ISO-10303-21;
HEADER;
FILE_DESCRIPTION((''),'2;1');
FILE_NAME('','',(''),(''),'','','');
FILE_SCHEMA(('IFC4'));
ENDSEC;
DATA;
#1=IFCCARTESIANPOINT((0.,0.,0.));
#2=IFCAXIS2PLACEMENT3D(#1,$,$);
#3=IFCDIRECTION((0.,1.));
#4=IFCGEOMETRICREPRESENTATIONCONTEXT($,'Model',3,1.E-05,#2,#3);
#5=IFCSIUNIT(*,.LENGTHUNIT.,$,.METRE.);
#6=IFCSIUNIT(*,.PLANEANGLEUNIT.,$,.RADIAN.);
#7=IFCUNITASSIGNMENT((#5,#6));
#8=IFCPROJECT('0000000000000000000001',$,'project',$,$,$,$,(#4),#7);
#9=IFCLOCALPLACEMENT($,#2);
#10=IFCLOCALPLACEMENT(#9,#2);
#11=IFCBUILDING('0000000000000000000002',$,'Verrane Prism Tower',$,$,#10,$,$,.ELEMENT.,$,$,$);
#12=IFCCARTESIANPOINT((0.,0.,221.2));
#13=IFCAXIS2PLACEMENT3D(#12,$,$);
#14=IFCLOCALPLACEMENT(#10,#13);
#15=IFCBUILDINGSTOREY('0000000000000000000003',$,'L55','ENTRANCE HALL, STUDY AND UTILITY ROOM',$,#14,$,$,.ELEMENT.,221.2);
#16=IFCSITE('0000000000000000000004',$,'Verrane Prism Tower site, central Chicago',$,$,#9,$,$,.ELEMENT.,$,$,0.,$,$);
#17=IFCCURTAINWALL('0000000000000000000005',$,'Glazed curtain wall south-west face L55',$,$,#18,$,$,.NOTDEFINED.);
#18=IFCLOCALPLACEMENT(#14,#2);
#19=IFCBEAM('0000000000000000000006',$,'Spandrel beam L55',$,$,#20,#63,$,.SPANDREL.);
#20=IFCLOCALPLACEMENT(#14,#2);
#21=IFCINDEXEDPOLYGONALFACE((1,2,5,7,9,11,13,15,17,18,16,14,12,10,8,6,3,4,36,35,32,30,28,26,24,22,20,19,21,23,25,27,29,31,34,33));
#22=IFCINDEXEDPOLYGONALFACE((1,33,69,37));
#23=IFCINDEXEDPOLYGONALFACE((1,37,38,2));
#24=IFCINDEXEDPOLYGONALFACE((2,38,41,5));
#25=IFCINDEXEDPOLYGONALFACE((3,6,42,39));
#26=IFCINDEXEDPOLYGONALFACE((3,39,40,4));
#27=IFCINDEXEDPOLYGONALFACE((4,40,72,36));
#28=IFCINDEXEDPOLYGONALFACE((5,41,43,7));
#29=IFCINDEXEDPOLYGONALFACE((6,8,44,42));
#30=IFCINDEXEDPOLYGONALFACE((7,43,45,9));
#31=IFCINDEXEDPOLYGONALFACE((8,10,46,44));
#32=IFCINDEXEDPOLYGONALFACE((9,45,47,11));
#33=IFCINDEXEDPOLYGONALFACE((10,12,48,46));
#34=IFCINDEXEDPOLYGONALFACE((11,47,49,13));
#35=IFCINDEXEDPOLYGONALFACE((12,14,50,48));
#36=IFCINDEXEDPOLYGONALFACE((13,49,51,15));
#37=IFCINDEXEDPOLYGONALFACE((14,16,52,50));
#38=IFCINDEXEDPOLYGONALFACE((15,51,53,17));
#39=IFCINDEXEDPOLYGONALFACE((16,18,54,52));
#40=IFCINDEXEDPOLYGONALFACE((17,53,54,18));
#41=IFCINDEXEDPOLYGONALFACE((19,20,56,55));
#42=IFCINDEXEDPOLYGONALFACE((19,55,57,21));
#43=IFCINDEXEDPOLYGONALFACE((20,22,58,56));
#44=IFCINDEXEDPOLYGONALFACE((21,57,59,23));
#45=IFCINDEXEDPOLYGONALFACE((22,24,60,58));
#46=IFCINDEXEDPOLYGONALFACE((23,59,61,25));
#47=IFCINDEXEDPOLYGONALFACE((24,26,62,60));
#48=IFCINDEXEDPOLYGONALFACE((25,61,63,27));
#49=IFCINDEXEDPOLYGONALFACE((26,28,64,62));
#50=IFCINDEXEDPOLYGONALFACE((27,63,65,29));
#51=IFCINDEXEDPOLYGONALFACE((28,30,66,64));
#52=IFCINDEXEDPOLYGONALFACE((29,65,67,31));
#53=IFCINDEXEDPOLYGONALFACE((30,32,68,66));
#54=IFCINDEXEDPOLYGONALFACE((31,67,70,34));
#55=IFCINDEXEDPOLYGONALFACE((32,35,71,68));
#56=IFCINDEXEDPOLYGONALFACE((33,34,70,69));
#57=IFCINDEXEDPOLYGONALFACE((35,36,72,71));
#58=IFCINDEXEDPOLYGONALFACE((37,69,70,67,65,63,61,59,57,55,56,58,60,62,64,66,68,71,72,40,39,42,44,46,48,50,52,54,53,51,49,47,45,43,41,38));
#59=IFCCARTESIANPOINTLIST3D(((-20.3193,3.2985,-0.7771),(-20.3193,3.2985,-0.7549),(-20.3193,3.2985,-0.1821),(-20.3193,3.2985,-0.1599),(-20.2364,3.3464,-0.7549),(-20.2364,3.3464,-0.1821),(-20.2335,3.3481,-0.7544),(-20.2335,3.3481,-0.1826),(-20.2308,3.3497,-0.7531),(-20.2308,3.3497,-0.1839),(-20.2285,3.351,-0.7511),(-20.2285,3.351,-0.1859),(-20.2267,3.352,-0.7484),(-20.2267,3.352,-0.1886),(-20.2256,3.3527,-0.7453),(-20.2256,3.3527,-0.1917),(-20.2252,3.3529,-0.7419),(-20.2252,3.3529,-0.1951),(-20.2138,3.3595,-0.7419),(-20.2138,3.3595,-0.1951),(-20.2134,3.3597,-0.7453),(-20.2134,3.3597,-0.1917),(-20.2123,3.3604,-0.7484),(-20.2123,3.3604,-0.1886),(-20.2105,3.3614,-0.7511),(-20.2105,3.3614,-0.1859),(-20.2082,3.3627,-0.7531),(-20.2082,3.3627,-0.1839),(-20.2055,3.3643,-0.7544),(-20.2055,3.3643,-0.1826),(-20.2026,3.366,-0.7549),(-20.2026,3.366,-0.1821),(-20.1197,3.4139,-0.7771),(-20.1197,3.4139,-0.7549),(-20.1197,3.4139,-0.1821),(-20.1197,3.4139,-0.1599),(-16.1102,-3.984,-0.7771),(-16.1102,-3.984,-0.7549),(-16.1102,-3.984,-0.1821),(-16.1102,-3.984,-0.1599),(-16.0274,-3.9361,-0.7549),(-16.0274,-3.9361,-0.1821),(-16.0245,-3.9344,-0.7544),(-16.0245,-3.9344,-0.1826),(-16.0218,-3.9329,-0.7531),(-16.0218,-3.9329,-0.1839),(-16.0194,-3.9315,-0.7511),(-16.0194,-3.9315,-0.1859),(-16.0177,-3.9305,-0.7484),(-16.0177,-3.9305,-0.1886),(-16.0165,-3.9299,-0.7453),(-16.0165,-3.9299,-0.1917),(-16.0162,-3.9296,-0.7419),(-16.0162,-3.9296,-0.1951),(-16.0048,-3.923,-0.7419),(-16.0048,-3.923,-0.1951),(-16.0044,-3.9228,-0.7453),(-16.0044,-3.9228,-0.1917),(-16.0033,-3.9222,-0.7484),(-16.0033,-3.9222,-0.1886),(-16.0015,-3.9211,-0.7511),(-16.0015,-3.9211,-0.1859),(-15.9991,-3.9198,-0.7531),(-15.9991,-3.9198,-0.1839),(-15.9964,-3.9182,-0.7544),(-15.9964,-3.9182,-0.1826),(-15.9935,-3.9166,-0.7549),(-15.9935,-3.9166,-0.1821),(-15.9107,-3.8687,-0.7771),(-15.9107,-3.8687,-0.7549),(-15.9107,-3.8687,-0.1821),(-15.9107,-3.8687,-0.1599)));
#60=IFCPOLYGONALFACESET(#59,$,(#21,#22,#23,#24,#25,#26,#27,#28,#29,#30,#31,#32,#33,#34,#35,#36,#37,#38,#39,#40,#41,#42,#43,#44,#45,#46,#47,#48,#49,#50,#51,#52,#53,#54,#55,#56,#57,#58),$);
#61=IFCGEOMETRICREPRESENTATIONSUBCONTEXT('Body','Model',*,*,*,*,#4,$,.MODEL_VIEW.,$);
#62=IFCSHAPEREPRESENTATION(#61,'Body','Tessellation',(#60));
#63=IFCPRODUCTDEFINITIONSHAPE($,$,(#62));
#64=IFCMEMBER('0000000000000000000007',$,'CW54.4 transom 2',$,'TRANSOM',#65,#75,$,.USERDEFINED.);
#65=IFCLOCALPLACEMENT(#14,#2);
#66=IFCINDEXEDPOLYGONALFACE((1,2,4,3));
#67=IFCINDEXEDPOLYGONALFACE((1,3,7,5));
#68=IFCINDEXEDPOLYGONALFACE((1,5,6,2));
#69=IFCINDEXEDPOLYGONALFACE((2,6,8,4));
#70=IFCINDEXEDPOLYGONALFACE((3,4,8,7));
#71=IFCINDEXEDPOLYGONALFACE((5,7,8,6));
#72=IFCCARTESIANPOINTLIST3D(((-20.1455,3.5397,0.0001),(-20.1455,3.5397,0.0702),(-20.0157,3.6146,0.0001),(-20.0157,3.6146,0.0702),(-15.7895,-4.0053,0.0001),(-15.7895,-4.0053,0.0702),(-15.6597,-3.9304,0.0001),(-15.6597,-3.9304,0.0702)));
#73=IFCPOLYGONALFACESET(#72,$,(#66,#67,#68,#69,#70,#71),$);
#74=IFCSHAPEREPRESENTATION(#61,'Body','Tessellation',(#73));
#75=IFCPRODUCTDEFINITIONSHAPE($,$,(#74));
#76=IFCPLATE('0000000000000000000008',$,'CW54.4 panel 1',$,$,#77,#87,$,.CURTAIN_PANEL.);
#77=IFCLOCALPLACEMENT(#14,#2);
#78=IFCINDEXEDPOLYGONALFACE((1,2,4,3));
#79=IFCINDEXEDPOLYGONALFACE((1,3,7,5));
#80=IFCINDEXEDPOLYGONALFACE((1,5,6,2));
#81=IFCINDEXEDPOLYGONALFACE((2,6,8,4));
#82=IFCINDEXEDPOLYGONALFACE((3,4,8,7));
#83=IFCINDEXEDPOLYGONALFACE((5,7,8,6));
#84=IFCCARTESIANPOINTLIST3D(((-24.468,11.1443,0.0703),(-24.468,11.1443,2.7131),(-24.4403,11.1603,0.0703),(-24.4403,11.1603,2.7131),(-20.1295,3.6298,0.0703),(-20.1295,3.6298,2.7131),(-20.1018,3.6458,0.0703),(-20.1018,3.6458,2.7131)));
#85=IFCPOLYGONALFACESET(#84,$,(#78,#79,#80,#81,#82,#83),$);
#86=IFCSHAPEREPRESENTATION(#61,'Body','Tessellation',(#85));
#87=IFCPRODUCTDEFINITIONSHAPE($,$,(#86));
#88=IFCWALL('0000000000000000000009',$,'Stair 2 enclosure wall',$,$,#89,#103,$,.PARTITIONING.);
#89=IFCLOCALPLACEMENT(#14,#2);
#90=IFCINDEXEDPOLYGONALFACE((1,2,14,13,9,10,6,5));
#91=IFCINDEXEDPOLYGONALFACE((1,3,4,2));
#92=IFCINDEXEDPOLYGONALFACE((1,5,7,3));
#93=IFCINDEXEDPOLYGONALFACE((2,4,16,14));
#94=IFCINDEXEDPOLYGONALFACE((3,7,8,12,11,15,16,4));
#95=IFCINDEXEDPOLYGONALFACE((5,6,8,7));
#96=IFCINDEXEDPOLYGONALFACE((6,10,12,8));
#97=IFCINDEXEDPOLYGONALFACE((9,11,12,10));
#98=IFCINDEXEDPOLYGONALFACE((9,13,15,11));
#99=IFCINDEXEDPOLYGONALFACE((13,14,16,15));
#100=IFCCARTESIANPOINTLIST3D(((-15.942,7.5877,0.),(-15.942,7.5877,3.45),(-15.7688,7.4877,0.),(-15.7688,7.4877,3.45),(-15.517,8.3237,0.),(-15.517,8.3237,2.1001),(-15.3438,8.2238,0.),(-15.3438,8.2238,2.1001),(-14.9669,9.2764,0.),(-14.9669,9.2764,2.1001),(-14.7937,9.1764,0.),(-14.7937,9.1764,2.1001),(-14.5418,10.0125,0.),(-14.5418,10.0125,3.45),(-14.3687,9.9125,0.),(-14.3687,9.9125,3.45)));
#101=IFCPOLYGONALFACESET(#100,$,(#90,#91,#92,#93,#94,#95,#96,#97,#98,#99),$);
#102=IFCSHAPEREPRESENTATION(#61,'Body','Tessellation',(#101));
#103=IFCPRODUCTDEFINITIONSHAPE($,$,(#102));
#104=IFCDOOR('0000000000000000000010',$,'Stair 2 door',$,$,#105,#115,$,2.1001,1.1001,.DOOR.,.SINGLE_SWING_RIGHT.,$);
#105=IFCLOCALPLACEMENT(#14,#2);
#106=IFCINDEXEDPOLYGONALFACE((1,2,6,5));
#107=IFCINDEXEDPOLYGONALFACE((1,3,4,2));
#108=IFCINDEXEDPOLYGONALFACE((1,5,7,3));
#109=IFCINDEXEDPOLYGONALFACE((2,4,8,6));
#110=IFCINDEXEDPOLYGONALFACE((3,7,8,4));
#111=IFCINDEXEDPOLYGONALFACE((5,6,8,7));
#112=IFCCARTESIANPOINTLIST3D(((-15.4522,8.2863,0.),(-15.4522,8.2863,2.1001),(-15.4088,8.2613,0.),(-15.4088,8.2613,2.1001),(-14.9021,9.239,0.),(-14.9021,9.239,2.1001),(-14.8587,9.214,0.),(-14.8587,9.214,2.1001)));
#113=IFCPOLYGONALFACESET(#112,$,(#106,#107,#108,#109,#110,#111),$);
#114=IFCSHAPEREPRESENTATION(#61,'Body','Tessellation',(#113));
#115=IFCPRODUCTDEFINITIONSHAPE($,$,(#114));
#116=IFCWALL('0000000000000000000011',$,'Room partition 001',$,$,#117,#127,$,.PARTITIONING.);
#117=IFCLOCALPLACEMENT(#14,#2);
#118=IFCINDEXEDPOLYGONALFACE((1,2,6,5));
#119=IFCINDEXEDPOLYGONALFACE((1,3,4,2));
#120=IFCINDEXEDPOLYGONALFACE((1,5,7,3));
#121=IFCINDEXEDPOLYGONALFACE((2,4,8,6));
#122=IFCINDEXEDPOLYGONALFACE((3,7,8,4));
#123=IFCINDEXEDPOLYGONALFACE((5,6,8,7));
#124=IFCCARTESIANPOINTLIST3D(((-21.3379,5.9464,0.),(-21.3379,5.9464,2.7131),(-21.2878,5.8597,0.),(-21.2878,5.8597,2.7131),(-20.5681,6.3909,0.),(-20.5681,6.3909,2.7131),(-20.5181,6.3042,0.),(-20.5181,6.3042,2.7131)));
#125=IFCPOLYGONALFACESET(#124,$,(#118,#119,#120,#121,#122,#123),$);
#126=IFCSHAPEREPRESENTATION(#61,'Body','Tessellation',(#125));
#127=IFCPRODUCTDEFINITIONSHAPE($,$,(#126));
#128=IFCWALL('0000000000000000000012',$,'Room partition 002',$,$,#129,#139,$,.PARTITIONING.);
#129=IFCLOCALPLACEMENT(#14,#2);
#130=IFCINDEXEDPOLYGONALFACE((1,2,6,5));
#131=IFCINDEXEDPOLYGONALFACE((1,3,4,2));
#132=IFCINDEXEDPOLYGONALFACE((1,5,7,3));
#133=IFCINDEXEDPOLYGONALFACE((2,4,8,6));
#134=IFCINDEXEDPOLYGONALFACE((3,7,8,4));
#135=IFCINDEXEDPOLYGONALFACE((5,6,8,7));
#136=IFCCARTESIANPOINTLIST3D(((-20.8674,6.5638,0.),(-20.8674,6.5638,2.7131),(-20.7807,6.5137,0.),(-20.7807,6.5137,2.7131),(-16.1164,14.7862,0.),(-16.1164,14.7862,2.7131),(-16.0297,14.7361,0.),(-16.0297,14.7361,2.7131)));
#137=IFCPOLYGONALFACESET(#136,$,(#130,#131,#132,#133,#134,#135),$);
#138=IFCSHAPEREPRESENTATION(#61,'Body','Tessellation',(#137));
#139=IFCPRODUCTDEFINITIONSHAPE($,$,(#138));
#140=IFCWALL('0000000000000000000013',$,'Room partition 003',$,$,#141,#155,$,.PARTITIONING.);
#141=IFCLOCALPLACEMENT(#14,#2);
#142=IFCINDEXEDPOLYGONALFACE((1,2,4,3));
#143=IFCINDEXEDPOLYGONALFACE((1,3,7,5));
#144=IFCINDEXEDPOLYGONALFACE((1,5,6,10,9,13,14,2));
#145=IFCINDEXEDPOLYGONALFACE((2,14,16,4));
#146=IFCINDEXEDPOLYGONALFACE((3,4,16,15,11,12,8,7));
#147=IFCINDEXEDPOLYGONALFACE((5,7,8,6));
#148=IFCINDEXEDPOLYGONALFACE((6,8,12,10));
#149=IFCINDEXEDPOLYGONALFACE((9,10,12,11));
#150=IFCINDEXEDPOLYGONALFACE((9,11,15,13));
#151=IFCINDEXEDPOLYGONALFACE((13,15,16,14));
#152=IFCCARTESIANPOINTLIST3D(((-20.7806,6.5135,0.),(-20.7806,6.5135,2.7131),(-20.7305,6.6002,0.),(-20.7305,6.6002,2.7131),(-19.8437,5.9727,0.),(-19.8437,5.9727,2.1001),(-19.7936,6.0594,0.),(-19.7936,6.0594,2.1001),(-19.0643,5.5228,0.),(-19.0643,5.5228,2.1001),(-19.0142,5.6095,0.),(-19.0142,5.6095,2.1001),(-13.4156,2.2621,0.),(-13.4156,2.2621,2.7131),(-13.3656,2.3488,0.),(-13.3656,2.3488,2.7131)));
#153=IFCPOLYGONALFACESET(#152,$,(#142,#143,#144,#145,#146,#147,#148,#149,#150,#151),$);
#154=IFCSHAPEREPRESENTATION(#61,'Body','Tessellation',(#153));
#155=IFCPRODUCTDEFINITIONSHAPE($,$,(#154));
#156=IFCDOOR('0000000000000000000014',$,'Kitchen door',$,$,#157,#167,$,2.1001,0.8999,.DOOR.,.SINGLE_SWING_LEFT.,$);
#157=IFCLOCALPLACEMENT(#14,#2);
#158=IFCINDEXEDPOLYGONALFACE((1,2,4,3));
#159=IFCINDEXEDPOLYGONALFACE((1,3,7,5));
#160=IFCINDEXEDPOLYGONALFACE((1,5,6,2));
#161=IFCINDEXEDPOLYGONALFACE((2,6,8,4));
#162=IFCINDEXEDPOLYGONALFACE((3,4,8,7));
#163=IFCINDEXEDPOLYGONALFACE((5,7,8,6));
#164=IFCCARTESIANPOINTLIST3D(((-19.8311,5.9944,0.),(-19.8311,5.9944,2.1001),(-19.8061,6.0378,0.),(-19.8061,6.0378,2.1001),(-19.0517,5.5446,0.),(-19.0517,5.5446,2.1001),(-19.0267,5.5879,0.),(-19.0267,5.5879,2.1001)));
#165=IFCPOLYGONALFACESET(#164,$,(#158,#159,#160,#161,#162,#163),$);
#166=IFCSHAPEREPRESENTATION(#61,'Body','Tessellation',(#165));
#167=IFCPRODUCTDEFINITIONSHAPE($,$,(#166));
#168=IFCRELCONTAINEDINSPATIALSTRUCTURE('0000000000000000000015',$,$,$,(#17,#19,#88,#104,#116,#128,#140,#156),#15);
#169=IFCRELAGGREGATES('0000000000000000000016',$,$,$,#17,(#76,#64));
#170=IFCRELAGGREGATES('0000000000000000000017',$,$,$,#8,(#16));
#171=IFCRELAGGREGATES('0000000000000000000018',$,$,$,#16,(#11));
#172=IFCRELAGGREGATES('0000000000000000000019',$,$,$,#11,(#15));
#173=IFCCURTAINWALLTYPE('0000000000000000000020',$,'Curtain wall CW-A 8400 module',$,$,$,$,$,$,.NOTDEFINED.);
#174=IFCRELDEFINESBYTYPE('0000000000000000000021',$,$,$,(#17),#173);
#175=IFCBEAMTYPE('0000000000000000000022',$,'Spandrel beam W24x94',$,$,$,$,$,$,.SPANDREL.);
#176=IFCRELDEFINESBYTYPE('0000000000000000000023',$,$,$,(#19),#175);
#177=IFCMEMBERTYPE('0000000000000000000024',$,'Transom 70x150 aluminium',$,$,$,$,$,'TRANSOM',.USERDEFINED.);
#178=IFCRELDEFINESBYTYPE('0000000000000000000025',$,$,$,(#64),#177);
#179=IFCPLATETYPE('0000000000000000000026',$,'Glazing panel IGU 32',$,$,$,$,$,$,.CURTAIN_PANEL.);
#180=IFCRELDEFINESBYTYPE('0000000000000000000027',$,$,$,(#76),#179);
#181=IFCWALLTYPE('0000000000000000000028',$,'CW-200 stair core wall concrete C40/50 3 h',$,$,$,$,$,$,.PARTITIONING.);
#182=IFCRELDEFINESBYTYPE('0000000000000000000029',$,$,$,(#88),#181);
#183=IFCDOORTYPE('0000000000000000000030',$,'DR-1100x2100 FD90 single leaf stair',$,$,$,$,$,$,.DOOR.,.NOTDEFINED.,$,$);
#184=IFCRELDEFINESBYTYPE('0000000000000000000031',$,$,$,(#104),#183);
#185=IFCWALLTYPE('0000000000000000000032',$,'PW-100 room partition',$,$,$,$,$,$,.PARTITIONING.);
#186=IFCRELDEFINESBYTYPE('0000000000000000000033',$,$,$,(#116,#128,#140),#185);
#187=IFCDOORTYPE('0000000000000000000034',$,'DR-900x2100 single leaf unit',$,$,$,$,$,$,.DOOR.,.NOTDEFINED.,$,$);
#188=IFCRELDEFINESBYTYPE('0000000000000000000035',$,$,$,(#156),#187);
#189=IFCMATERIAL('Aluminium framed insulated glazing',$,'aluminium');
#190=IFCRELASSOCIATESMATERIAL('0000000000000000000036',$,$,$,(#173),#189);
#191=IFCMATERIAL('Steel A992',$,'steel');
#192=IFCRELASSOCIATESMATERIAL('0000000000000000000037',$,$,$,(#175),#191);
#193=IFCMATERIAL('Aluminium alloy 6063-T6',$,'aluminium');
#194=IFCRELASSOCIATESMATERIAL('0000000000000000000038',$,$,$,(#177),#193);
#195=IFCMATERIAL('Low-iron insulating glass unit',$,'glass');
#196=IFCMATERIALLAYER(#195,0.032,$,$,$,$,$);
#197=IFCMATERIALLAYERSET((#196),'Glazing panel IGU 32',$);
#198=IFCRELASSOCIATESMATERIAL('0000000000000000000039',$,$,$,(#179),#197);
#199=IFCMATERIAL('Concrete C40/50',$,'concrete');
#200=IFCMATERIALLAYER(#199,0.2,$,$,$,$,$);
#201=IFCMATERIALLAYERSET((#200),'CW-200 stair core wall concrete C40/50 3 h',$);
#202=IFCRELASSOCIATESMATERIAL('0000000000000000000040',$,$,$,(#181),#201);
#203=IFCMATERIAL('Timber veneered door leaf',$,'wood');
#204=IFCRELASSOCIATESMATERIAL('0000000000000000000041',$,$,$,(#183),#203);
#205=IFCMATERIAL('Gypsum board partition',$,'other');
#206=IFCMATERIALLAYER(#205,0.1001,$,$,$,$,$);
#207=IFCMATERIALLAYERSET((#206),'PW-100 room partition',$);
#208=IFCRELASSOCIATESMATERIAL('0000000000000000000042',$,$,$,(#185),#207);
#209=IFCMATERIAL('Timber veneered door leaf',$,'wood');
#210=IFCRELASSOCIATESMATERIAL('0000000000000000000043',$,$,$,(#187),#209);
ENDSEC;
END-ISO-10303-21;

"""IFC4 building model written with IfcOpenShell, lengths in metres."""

from ifc_helpers import new_model, si_unit, direction, frame, frame_2d, origin, origin_2d, place, context, subcontext, project, spatial, rectangle, i_section, extrude, material, layer, layer_set, material_profile, profile_set, type_object, element, fill, aggregate, save


model = new_model("IFC4")

# Units and contexts
model_context = context("Model", 3, precision=1e-05, world=origin(), true_north=direction((0.0, 1.0)))
body_context = subcontext(model_context, "Body", "Model", "MODEL_VIEW")
ifc_project = project(units=[si_unit("LENGTHUNIT", "METRE"), si_unit("PLANEANGLEUNIT", "RADIAN")], contexts=[model_context])

# Site, building, storey
site_placement = place(None, origin())
site = spatial("IfcSite", under=ifc_project, at=site_placement, Name="Verrane Prism Tower site, central Chicago", CompositionType="ELEMENT", RefElevation=0.0)
building_placement = place(site_placement, origin())
building = spatial("IfcBuilding", under=site, at=building_placement, Name="Verrane Prism Tower", CompositionType="ELEMENT")
storey_placement = place(building_placement, frame((0.0, 0.0, 221.2)))
storey = spatial("IfcBuildingStorey", under=building, at=storey_placement, Name="L55", Description="ENTRANCE HALL, STUDY AND UTILITY ROOM", CompositionType="ELEMENT", Elevation=221.2)

# Curtain wall
ifc_material_1 = material(Name="Aluminium framed insulated glazing", Category="aluminium")
curtain_wall_type = type_object("IfcCurtainWallType", Name="Curtain wall CW-A 8400 module", PredefinedType="NOTDEFINED", material=ifc_material_1)
curtain_wall_placement = place(storey_placement, origin())
curtain_wall = element("IfcCurtainWall", 1, at=curtain_wall_placement, inside=storey, type_object=curtain_wall_type, Name="Glazed curtain wall south-west face L55", PredefinedType="NOTDEFINED")

# Beam
ifc_material_2 = material(Name="Steel A992", Category="steel")
ifc_material_profile_1 = material_profile(ifc_material_2, i_section(OverallWidth=0.2305, OverallDepth=0.6172, WebThickness=0.0132, FlangeThickness=0.0222, FilletRadius=0.0129, at=origin_2d()), Name="W24x94")
ifc_profile_set_1 = profile_set([ifc_material_profile_1], Name="Steel A992")
beam_type_1 = type_object("IfcBeamType", Name="Spandrel beam W24x94", PredefinedType="SPANDREL", material=ifc_profile_set_1)
beam_1_placement = place(storey_placement, frame((-20.2195, 3.3562, -0.4685), z_axis=(0.500397, -0.865796, 0.0), x_axis=(0.865796, 0.500397, 0.0)))
element("IfcBeam", 2, at=beam_1_placement, inside=storey, type_object=beam_type_1, Name="Spandrel beam L55", PredefinedType="SPANDREL", context=body_context, shape_type="SweptSolid", body=[
    extrude(i_section(OverallWidth=0.2305, OverallDepth=0.6172, WebThickness=0.0132, FlangeThickness=0.0222, FilletRadius=0.0129, at=origin_2d()), origin(), (0.0, 0.0, 1.0), 8.4114),
])

# Member
ifc_material_3 = material(Name="Aluminium alloy 6063-T6", Category="aluminium")
ifc_material_profile_2 = material_profile(ifc_material_3, rectangle(XDim=0.1499, YDim=0.0701, at=origin_2d()), Name="Transom 70x150 aluminium")
ifc_profile_set_2 = profile_set([ifc_material_profile_2], Name="Aluminium alloy 6063-T6")
member_type_1 = type_object("IfcMemberType", Name="Transom 70x150 aluminium", ElementType="TRANSOM", PredefinedType="USERDEFINED", material=ifc_profile_set_2)
member_1_placement = place(storey_placement, frame((-20.0806, 3.5771, 0.0352), z_axis=(0.499991, -0.866031, 0.0), x_axis=(0.866031, 0.499991, 0.0)))
member_1 = element("IfcMember", 3, at=member_1_placement, type_object=member_type_1, Name="CW54.4 transom 2", ObjectType="TRANSOM", PredefinedType="USERDEFINED", context=body_context, shape_type="SweptSolid", body=[
    extrude(rectangle(XDim=0.1499, YDim=0.0701, at=origin_2d()), origin(), (0.0, 0.0, 1.0), 8.7122),
])

# Plate
ifc_material_4 = material(Name="Low-iron insulating glass unit", Category="glass")
ifc_layer_1 = layer(ifc_material_4, 0.032)
ifc_layer_set_1 = layer_set([ifc_layer_1], Name="Glazing panel IGU 32")
plate_type = type_object("IfcPlateType", Name="Glazing panel IGU 32", PredefinedType="CURTAIN_PANEL", material=ifc_layer_set_1)
plate_placement = place(storey_placement, frame((-22.2849, 7.395, 0.0703), z_axis=(0.0, 0.0, 1.0), x_axis=(0.500001, -0.866025, 0.0)))
plate = element("IfcPlate", 4, at=plate_placement, type_object=plate_type, Name="CW54.4 panel 1", PredefinedType="CURTAIN_PANEL", context=body_context, shape_type="SweptSolid", body=[
    extrude(rectangle(XDim=8.677, YDim=0.032, at=origin_2d()), origin(), (0.0, 0.0, 1.0), 2.6428),
])
aggregate(curtain_wall, [plate, member_1])

# Wall, opening, door
ifc_material_5 = material(Name="Concrete C40/50", Category="concrete")
ifc_layer_2 = layer(ifc_material_5, 0.2)
ifc_layer_set_2 = layer_set([ifc_layer_2], Name="CW-200 stair core wall concrete C40/50 3 h")
wall_type_1 = type_object("IfcWallType", Name="CW-200 stair core wall concrete C40/50 3 h", PredefinedType="PARTITIONING", material=ifc_layer_set_2)
wall_1_placement = place(storey_placement, frame((-14.4553, 9.9624, 0.0), z_axis=(0.0, 0.0, 1.0), x_axis=(-0.50005, -0.865997, 0.0)))
wall_1 = element("IfcWall", 5, at=wall_1_placement, inside=storey, type_object=wall_type_1, Name="Stair 2 enclosure wall", PredefinedType="PARTITIONING", context=body_context, shape_type="SweptSolid", body=[
    extrude(rectangle(XDim=2.8, YDim=0.2, at=frame_2d((1.3999, 0.0))), origin(), (0.0, 0.0, 1.0), 3.45),
])
opening_1_placement = place(wall_1_placement, frame((0.8499, 0.0, 0.0)))
opening_1 = element("IfcOpeningElement", 6, at=opening_1_placement, cuts=wall_1, PredefinedType="OPENING", context=body_context, shape_type="SweptSolid", body=[
    extrude(rectangle(XDim=1.1001, YDim=2.1001, at=frame_2d((0.55, 1.05))), frame((0.0, 0.1099, 0.0), z_axis=(0.0, -1.0, 0.0), x_axis=(1.0, 0.0, 0.0)), (0.0, 0.0, 1.0), 0.22),
])
ifc_material_6 = material(Name="Timber veneered door leaf", Category="wood")
door_type_1 = type_object("IfcDoorType", Name="DR-1100x2100 FD90 single leaf stair", OperationType="NOTDEFINED", PredefinedType="DOOR", material=ifc_material_6)
door_1_placement = place(opening_1_placement, origin())
door_1 = element("IfcDoor", 7, at=door_1_placement, inside=storey, type_object=door_type_1, Name="Stair 2 door", OperationType="SINGLE_SWING_RIGHT", OverallHeight=2.1001, OverallWidth=1.1001, PredefinedType="DOOR", context=body_context, shape_type="SweptSolid", body=[
    extrude(rectangle(XDim=1.1001, YDim=2.1001, at=frame_2d((0.55, 1.05))), frame((0.0, 0.0249, 0.0), z_axis=(0.0, -1.0, 0.0), x_axis=(1.0, 0.0, 0.0)), (0.0, 0.0, 1.0), 0.05),
])
fill(opening_1, door_1)

# Walls
ifc_material_7 = material(Name="Gypsum board partition", Category="other")
ifc_layer_3 = layer(ifc_material_7, 0.1001)
ifc_layer_set_3 = layer_set([ifc_layer_3], Name="PW-100 room partition")
wall_type_2 = type_object("IfcWallType", Name="PW-100 room partition", PredefinedType="PARTITIONING", material=ifc_layer_set_3)
wall_2_placement = place(storey_placement, frame((-21.3127, 5.9031, 0.0), z_axis=(0.0, 0.0, 1.0), x_axis=(0.865952, 0.500127, 0.0)))
element("IfcWall", 8, at=wall_2_placement, inside=storey, type_object=wall_type_2, Name="Room partition 001", PredefinedType="PARTITIONING", context=body_context, shape_type="SweptSolid", body=[
    extrude(rectangle(XDim=0.8889, YDim=0.1001, at=frame_2d((0.4443, 0.0))), origin(), (0.0, 0.0, 1.0), 2.7131),
])
wall_3_placement = place(storey_placement, frame((-20.824, 6.5388, 0.0), z_axis=(0.0, 0.0, 1.0), x_axis=(0.500297, 0.865854, 0.0)))
element("IfcWall", 9, at=wall_3_placement, inside=storey, type_object=wall_type_2, Name="Room partition 002", PredefinedType="PARTITIONING", context=body_context, shape_type="SweptSolid", body=[
    extrude(rectangle(XDim=9.4963, YDim=0.1001, at=frame_2d((4.748, 0.0))), origin(), (0.0, 0.0, 1.0), 2.7131),
])

# Wall, opening, door
wall_4_placement = place(storey_placement, frame((-13.3906, 2.3054, 0.0), z_axis=(0.0, 0.0, 1.0), x_axis=(-0.866062, 0.499937, 0.0)))
wall_4 = element("IfcWall", 10, at=wall_4_placement, inside=storey, type_object=wall_type_2, Name="Room partition 003", PredefinedType="PARTITIONING", context=body_context, shape_type="SweptSolid", body=[
    extrude(rectangle(XDim=8.5039, YDim=0.1001, at=frame_2d((4.252, 0.0))), origin(), (0.0, 0.0, 1.0), 2.7131),
])
opening_2_placement = place(wall_4_placement, frame((6.5222, 0.0, 0.0)))
opening_2 = element("IfcOpeningElement", 11, at=opening_2_placement, cuts=wall_4, PredefinedType="OPENING", context=body_context, shape_type="SweptSolid", body=[
    extrude(rectangle(XDim=0.8999, YDim=2.1001, at=frame_2d((0.45, 1.05))), frame((0.0, 0.0601, 0.0), z_axis=(0.0, -1.0, 0.0), x_axis=(1.0, 0.0, 0.0)), (0.0, 0.0, 1.0), 0.1201),
])
ifc_material_8 = material(Name="Timber veneered door leaf", Category="wood")
door_type_2 = type_object("IfcDoorType", Name="DR-900x2100 single leaf unit", OperationType="NOTDEFINED", PredefinedType="DOOR", material=ifc_material_8)
door_2_placement = place(opening_2_placement, origin())
door_2 = element("IfcDoor", 12, at=door_2_placement, inside=storey, type_object=door_type_2, Name="Kitchen door", OperationType="SINGLE_SWING_LEFT", OverallHeight=2.1001, OverallWidth=0.8999, PredefinedType="DOOR", context=body_context, shape_type="SweptSolid", body=[
    extrude(rectangle(XDim=0.8999, YDim=2.1001, at=frame_2d((0.45, 1.05))), frame((0.0, 0.0249, 0.0), z_axis=(0.0, -1.0, 0.0), x_axis=(1.0, 0.0, 0.0)), (0.0, 0.0, 1.0), 0.05),
])
fill(opening_2, door_2)

save(model, "model.ifc")
